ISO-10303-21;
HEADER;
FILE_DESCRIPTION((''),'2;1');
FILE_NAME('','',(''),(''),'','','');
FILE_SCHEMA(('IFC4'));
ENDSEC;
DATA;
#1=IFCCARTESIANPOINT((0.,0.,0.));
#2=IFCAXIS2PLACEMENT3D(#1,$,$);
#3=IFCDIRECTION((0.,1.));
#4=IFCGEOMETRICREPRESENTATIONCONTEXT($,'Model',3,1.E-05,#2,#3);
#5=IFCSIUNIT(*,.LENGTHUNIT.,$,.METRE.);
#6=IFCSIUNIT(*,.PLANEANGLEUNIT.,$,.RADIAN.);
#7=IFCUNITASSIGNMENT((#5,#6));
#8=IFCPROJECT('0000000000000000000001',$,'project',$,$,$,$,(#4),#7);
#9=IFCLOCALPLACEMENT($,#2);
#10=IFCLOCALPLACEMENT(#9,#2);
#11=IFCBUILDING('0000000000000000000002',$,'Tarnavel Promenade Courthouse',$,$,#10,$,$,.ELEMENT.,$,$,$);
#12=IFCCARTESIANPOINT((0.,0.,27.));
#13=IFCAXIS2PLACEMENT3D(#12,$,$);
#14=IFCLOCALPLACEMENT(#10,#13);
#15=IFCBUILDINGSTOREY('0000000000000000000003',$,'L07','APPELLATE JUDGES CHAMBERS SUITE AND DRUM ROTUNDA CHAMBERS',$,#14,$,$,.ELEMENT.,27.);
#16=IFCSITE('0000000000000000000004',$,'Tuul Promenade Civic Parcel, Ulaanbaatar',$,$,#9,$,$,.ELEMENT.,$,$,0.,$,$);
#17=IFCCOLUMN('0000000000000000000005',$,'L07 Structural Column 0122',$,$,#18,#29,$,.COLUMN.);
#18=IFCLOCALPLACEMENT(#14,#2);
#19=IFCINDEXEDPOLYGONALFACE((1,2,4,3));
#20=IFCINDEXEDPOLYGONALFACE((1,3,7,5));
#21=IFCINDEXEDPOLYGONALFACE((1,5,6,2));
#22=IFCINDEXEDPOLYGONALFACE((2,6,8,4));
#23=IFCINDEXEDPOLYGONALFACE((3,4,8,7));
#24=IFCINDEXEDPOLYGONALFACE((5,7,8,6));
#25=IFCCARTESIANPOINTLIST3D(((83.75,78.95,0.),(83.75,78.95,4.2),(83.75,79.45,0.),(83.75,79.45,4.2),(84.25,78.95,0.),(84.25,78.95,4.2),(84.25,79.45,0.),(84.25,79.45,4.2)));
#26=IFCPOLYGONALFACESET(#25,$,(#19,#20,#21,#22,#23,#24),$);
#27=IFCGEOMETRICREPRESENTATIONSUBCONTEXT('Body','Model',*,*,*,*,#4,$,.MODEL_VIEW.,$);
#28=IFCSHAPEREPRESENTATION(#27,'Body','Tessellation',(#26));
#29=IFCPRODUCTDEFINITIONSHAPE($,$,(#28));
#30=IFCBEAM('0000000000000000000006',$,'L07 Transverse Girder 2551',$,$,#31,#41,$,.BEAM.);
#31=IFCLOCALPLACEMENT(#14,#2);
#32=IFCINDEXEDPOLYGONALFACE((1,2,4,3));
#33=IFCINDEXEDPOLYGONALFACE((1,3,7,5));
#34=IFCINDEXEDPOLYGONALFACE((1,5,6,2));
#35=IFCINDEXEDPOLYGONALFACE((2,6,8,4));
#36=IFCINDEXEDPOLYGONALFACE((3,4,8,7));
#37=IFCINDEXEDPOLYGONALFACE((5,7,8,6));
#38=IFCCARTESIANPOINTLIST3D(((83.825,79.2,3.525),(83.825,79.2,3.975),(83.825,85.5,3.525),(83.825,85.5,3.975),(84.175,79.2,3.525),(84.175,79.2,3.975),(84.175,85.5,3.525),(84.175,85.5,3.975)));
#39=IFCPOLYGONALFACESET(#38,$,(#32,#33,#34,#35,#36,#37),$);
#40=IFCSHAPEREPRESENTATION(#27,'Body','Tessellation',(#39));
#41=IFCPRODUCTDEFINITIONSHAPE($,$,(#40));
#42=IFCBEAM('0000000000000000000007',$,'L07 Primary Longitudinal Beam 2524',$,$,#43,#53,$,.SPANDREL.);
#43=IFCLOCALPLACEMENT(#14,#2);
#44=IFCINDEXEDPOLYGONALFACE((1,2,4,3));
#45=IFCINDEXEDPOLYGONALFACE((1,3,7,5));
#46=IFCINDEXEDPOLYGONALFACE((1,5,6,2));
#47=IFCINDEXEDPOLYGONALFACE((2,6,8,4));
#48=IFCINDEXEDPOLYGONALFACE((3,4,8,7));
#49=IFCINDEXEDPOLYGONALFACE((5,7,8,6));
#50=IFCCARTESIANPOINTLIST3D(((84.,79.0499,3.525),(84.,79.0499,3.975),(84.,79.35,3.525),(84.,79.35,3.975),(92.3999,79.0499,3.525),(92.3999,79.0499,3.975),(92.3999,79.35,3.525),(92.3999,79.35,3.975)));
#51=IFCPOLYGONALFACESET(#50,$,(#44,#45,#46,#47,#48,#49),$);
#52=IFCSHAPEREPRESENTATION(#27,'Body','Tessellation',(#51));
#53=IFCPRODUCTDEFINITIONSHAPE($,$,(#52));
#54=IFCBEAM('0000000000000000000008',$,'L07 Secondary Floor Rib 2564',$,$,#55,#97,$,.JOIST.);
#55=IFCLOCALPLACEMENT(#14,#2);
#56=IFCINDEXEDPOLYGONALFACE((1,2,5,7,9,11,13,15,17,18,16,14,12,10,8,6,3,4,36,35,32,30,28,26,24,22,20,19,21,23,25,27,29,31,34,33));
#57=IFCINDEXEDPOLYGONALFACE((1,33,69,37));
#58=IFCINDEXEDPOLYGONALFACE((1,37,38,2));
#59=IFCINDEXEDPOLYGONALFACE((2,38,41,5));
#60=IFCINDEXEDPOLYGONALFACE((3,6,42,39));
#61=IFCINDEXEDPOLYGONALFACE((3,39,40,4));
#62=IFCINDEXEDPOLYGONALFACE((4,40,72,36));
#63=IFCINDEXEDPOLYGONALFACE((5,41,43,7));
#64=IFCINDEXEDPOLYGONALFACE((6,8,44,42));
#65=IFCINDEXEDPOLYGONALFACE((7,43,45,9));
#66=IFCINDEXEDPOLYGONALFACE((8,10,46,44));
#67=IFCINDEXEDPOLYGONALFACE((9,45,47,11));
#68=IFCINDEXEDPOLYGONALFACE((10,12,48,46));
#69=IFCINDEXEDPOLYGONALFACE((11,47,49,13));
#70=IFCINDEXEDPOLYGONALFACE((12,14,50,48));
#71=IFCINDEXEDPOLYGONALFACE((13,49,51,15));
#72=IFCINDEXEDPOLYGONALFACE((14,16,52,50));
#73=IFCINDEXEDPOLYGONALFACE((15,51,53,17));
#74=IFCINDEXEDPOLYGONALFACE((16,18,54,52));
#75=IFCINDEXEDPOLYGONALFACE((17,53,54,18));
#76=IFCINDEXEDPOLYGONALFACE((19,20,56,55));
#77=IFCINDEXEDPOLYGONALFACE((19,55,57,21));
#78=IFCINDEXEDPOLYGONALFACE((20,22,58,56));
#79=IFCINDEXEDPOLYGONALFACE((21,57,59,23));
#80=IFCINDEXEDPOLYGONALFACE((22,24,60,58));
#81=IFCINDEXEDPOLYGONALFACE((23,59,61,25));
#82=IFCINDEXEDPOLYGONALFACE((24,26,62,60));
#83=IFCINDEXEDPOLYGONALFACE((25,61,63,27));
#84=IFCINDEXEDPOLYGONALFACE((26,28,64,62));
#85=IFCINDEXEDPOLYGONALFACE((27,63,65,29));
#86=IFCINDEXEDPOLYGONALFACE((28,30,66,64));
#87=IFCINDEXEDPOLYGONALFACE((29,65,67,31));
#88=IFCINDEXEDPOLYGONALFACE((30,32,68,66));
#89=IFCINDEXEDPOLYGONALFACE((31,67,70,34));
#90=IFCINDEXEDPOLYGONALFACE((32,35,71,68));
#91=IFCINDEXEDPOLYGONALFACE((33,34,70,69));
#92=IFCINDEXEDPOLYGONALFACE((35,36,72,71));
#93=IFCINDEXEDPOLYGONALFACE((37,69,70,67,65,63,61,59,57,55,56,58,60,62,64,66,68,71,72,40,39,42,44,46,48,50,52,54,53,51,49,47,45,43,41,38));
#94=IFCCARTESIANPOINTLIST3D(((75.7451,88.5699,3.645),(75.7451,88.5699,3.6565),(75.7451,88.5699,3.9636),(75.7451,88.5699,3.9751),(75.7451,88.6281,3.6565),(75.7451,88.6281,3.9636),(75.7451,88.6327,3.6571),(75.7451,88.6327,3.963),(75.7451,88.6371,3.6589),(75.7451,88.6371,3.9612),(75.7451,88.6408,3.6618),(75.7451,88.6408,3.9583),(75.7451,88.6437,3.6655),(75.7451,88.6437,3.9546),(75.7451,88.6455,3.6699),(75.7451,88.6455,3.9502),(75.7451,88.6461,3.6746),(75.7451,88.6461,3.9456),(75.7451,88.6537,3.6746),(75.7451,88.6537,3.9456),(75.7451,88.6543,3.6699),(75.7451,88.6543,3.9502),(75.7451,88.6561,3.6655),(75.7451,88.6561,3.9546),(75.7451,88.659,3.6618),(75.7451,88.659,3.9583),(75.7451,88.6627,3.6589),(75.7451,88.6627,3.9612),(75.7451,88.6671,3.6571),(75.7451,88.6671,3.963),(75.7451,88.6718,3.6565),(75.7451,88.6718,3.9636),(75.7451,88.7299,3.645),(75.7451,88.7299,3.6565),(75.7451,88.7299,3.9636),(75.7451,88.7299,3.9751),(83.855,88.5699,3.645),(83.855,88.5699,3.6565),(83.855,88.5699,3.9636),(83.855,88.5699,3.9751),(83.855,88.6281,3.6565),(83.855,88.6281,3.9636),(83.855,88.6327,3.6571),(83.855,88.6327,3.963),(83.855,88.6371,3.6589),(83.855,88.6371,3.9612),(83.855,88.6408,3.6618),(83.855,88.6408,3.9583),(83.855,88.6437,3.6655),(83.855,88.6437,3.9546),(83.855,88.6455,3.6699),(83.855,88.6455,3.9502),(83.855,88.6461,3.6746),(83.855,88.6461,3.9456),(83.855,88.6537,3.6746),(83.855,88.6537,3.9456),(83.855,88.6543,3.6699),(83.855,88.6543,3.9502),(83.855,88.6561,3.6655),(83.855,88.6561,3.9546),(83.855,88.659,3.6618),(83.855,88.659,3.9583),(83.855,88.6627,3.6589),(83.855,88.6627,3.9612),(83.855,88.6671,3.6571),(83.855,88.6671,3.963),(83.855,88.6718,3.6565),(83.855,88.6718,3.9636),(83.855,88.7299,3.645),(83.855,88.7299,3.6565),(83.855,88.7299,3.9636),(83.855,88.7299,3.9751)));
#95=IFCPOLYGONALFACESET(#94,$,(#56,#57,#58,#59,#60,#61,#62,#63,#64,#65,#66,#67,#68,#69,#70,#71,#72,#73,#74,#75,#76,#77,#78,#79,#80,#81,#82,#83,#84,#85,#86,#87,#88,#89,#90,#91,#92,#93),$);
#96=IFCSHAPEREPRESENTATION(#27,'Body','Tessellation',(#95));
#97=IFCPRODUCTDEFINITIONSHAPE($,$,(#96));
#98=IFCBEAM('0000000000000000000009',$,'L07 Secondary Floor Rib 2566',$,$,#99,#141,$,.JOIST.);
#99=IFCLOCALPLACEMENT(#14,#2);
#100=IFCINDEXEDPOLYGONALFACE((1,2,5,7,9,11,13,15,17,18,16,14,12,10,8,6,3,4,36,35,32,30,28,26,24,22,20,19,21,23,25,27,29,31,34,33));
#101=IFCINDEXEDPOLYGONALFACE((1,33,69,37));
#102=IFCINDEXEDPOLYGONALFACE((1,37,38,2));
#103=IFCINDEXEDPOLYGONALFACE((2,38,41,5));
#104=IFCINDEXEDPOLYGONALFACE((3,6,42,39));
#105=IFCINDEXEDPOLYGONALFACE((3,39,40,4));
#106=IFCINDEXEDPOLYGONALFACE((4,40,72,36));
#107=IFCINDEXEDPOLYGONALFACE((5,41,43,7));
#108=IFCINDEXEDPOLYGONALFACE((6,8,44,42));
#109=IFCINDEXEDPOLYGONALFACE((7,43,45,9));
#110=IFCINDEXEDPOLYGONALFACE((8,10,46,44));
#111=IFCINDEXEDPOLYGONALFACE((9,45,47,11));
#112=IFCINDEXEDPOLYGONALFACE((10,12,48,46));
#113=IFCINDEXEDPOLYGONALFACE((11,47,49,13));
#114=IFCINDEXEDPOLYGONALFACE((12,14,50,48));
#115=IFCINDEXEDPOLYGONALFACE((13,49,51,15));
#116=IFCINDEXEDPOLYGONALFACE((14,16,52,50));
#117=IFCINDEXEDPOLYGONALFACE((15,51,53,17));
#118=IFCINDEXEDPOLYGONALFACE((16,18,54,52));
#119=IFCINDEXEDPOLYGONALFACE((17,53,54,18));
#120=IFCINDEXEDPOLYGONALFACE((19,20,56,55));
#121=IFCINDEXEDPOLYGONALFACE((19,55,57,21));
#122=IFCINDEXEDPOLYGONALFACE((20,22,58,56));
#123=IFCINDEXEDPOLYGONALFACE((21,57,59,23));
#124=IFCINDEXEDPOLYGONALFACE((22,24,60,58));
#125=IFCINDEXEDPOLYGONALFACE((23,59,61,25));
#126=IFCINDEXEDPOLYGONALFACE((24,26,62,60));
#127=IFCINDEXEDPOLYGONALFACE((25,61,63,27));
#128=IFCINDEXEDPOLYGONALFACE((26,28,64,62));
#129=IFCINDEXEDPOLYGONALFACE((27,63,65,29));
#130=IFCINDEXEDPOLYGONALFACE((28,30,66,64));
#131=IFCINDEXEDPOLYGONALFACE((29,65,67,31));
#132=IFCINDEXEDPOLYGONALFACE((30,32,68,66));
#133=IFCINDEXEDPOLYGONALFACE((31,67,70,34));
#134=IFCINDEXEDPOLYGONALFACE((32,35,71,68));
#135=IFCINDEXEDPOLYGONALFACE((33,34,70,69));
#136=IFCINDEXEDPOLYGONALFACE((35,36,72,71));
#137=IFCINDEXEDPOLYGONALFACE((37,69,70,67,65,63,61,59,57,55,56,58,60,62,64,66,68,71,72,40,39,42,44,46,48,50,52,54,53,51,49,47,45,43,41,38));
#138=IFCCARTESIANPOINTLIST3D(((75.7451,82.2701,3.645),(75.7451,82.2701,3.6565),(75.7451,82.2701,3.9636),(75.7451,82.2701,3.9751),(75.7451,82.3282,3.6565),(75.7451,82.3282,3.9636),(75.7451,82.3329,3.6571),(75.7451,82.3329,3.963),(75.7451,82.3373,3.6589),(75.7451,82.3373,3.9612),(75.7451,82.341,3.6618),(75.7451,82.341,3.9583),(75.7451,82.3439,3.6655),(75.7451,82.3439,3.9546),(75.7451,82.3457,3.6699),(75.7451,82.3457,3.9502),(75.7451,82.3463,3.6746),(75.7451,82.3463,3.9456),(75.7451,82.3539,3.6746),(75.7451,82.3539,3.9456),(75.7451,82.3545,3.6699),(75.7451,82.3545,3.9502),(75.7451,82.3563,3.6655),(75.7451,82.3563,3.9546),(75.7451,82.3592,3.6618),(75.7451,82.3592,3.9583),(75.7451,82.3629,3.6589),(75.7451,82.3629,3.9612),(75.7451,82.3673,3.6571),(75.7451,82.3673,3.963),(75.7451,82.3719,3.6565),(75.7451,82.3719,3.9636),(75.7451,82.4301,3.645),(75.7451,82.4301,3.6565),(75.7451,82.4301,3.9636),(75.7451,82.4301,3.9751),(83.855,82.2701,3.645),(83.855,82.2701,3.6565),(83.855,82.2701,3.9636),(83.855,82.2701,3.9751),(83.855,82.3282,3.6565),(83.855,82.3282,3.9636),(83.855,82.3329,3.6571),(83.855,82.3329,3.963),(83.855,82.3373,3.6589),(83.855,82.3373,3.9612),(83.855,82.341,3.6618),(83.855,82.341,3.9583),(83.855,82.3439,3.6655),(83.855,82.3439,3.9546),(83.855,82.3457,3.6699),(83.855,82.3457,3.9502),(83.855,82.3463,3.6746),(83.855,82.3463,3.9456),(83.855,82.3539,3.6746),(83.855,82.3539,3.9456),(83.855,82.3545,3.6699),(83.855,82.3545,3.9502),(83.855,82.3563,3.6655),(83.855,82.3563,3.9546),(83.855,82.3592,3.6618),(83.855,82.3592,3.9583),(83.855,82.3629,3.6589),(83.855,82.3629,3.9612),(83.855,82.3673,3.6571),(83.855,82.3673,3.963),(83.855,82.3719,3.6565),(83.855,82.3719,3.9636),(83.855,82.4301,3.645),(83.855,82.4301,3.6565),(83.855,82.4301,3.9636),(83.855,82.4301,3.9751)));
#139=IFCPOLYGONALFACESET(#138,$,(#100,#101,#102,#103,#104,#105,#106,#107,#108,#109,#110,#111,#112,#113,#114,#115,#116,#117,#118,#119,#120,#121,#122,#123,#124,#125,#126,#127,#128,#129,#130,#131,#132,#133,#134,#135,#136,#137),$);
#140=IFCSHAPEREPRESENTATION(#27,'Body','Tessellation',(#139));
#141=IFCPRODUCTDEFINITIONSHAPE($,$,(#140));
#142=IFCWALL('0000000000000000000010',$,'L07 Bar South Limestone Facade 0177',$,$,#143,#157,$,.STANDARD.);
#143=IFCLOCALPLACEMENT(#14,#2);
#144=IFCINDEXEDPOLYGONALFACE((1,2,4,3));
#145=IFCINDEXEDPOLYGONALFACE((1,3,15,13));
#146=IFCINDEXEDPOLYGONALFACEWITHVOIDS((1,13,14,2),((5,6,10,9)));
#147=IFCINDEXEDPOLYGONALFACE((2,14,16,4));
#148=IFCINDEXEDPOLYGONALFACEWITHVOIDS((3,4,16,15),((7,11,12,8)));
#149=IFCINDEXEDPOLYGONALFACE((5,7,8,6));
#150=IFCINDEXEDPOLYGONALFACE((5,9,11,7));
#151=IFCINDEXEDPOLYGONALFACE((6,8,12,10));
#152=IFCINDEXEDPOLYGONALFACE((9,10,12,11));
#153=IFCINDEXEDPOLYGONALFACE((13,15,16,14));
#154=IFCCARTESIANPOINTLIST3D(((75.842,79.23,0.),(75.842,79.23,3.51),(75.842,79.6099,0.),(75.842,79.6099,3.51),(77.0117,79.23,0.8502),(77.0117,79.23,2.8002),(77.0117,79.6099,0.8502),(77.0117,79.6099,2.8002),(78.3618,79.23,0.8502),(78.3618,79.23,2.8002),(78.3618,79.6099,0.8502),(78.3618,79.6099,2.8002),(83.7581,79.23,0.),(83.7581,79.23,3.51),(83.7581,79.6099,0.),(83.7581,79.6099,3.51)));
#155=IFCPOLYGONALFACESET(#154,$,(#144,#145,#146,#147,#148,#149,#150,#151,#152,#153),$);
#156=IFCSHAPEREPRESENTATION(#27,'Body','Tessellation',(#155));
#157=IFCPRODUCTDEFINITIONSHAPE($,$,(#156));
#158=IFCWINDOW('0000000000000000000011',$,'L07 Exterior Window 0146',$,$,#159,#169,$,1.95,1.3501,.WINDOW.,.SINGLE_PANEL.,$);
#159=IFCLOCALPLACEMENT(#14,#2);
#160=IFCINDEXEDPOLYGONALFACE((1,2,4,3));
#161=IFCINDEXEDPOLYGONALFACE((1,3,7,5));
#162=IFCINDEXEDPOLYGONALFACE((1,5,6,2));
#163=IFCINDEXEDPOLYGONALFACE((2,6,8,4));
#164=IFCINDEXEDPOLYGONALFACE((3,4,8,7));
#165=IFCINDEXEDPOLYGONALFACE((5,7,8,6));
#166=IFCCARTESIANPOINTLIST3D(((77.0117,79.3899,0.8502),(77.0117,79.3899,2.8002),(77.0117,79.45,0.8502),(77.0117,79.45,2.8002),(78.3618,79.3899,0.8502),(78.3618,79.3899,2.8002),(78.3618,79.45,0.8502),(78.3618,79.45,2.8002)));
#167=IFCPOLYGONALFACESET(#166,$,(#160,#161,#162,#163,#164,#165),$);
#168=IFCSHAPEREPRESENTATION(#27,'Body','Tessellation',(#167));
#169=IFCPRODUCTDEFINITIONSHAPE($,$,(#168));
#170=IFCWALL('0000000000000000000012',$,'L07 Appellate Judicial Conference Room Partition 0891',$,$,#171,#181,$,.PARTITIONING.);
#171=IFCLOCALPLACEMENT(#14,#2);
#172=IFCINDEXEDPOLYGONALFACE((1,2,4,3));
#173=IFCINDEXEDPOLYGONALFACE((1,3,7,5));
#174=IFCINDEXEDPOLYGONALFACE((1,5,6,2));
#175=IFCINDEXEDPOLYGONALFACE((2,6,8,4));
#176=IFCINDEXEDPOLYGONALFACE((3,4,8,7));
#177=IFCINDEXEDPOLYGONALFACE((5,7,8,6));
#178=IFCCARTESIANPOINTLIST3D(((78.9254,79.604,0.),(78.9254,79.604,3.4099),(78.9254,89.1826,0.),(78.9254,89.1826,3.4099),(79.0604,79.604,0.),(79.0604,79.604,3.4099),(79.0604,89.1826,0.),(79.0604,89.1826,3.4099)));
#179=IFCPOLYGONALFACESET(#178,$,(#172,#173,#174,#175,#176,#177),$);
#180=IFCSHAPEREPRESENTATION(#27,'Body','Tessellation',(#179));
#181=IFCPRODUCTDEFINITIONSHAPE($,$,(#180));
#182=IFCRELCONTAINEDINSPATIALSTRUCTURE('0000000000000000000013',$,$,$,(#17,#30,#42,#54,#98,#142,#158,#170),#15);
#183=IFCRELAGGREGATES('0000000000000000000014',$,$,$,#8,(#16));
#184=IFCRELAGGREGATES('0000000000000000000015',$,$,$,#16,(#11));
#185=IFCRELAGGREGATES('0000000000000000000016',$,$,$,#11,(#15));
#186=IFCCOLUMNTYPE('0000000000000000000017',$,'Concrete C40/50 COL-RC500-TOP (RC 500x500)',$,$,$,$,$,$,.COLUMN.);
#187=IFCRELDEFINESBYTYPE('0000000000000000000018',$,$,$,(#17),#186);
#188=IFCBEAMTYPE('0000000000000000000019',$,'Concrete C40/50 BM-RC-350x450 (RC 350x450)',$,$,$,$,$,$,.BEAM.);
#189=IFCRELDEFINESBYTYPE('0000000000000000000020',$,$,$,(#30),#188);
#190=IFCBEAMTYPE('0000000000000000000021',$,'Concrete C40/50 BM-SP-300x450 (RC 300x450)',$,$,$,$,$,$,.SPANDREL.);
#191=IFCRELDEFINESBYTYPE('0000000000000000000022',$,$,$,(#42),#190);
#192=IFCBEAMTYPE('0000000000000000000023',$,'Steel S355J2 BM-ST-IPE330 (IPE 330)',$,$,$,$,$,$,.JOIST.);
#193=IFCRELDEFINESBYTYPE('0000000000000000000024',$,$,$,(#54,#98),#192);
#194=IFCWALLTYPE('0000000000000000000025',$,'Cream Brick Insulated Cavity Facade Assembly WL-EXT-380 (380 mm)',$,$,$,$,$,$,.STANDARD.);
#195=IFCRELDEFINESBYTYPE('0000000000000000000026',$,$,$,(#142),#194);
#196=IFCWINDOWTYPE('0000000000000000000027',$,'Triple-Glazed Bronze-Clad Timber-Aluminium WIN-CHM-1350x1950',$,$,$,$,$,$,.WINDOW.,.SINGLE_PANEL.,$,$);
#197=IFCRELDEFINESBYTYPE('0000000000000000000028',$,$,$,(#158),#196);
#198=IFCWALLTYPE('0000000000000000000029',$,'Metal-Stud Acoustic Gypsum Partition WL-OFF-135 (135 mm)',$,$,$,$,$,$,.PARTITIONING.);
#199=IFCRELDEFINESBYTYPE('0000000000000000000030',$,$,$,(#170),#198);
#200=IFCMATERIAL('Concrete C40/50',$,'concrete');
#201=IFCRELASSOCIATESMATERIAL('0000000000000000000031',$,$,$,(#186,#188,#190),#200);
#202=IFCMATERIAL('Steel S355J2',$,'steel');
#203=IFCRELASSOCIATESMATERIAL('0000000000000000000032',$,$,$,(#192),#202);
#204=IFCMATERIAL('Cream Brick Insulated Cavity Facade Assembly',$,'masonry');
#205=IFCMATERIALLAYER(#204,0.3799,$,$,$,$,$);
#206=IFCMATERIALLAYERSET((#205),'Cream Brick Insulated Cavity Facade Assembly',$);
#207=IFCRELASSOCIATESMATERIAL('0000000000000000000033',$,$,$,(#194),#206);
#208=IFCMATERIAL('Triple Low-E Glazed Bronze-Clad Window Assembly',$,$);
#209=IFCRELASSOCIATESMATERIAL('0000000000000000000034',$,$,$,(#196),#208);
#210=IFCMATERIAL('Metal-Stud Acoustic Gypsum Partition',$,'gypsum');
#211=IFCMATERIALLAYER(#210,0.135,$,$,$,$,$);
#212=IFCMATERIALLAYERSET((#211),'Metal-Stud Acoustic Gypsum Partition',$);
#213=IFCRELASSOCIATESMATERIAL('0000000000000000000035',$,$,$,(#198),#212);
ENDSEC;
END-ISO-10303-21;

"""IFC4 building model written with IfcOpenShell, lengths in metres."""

from ifc_helpers import new_model, si_unit, direction, frame, frame_2d, origin, origin_2d, place, context, subcontext, project, spatial, rectangle, i_section, extrude, material, layer, layer_set, material_profile, profile_set, type_object, element, fill, save


model = new_model("IFC4")

# Units and contexts
model_context = context("Model", 3, precision=1e-05, world=origin(), true_north=direction((0.0, 1.0)))
body_context = subcontext(model_context, "Body", "Model", "MODEL_VIEW")
ifc_project = project(units=[si_unit("LENGTHUNIT", "METRE"), si_unit("PLANEANGLEUNIT", "RADIAN")], contexts=[model_context])

# Site, building, storey
site_placement = place(None, origin())
site = spatial("IfcSite", under=ifc_project, at=site_placement, Name="Tuul Promenade Civic Parcel, Ulaanbaatar", CompositionType="ELEMENT", RefElevation=0.0)
building_placement = place(site_placement, origin())
building = spatial("IfcBuilding", under=site, at=building_placement, Name="Tarnavel Promenade Courthouse", CompositionType="ELEMENT")
storey_placement = place(building_placement, frame((0.0, 0.0, 27.0)))
storey = spatial("IfcBuildingStorey", under=building, at=storey_placement, Name="L07", Description="APPELLATE JUDGES CHAMBERS SUITE AND DRUM ROTUNDA CHAMBERS", CompositionType="ELEMENT", Elevation=27.0)

# Column
ifc_material_1 = material(Name="Concrete C40/50", Category="concrete")
ifc_material_profile_1 = material_profile(ifc_material_1, rectangle(XDim=0.5, YDim=0.5, at=origin_2d()), Name="RC 500x500")
ifc_profile_set_1 = profile_set([ifc_material_profile_1], Name="Concrete C40/50")
column_type = type_object("IfcColumnType", Name="Concrete C40/50 COL-RC500-TOP (RC 500x500)", PredefinedType="COLUMN", material=ifc_profile_set_1)
column_placement = place(storey_placement, frame((84.0, 79.2, 0.0), z_axis=(0.0, 0.0, 1.0), x_axis=(1.0, 0.0, 0.0)))
element("IfcColumn", 1, at=column_placement, inside=storey, type_object=column_type, Name="L07 Structural Column 0122", PredefinedType="COLUMN", context=body_context, shape_type="SweptSolid", body=[
    extrude(rectangle(XDim=0.5, YDim=0.5, at=origin_2d()), origin(), (0.0, 0.0, 1.0), 4.2),
])

# Beams
ifc_material_profile_2 = material_profile(ifc_material_1, rectangle(XDim=0.3501, YDim=0.45, at=origin_2d()), Name="RC 350x450")
ifc_profile_set_2 = profile_set([ifc_material_profile_2], Name="Concrete C40/50")
beam_type_1 = type_object("IfcBeamType", Name="Concrete C40/50 BM-RC-350x450 (RC 350x450)", PredefinedType="BEAM", material=ifc_profile_set_2)
beam_1_placement = place(storey_placement, frame((84.0, 79.2, 3.75), z_axis=(0.0, 1.0, 0.0), x_axis=(-1.0, 0.0, 0.0)))
element("IfcBeam", 2, at=beam_1_placement, inside=storey, type_object=beam_type_1, Name="L07 Transverse Girder 2551", PredefinedType="BEAM", context=body_context, shape_type="SweptSolid", body=[
    extrude(rectangle(XDim=0.3501, YDim=0.45, at=origin_2d()), origin(), (0.0, 0.0, 1.0), 6.3),
])
ifc_material_profile_3 = material_profile(ifc_material_1, rectangle(XDim=0.3, YDim=0.45, at=origin_2d()), Name="RC 300x450")
ifc_profile_set_3 = profile_set([ifc_material_profile_3], Name="Concrete C40/50")
beam_type_2 = type_object("IfcBeamType", Name="Concrete C40/50 BM-SP-300x450 (RC 300x450)", PredefinedType="SPANDREL", material=ifc_profile_set_3)
beam_2_placement = place(storey_placement, frame((84.0, 79.2, 3.75), z_axis=(1.0, 0.0, 0.0), x_axis=(0.0, 1.0, 0.0)))
element("IfcBeam", 3, at=beam_2_placement, inside=storey, type_object=beam_type_2, Name="L07 Primary Longitudinal Beam 2524", PredefinedType="SPANDREL", context=body_context, shape_type="SweptSolid", body=[
    extrude(rectangle(XDim=0.3, YDim=0.45, at=origin_2d()), origin(), (0.0, 0.0, 1.0), 8.3999),
])
ifc_material_2 = material(Name="Steel S355J2", Category="steel")
ifc_material_profile_4 = material_profile(ifc_material_2, i_section(OverallWidth=0.1599, OverallDepth=0.3301, WebThickness=0.0076, FlangeThickness=0.0115, FilletRadius=0.0181, at=origin_2d()), Name="IPE 330")
ifc_profile_set_4 = profile_set([ifc_material_profile_4], Name="Steel S355J2")
beam_type_3 = type_object("IfcBeamType", Name="Steel S355J2 BM-ST-IPE330 (IPE 330)", PredefinedType="JOIST", material=ifc_profile_set_4)
for number, where, z_axis, x_axis, name in (
    (4, (75.7451, 88.6499, 3.8101), (1.0, 0.0, 0.0), (0.0, 1.0, 0.0), "L07 Secondary Floor Rib 2564"),
    (5, (75.7451, 82.3501, 3.8101), (1.0, 0.0, 0.0), (0.0, 1.0, 0.0), "L07 Secondary Floor Rib 2566"),
):
    element("IfcBeam", number, at=place(storey_placement, frame(where, z_axis=z_axis, x_axis=x_axis)), inside=storey, type_object=beam_type_3, Name=name, PredefinedType="JOIST", context=body_context, shape_type="SweptSolid", body=[
        extrude(i_section(OverallWidth=0.1599, OverallDepth=0.3301, WebThickness=0.0076, FlangeThickness=0.0115, FilletRadius=0.0181, at=origin_2d()), origin(), (0.0, 0.0, 1.0), 8.1099),
    ])

# Wall, opening, window
ifc_material_3 = material(Name="Cream Brick Insulated Cavity Facade Assembly", Category="masonry")
ifc_layer_1 = layer(ifc_material_3, 0.3799)
ifc_layer_set_1 = layer_set([ifc_layer_1], Name="Cream Brick Insulated Cavity Facade Assembly")
wall_type_1 = type_object("IfcWallType", Name="Cream Brick Insulated Cavity Facade Assembly WL-EXT-380 (380 mm)", PredefinedType="STANDARD", material=ifc_layer_set_1)
wall_1_placement = place(storey_placement, frame((83.7581, 79.4199, 0.0), z_axis=(0.0, 0.0, 1.0), x_axis=(-1.0, 0.0, 0.0)))
wall_1 = element("IfcWall", 6, at=wall_1_placement, inside=storey, type_object=wall_type_1, Name="L07 Bar South Limestone Facade 0177", PredefinedType="STANDARD", context=body_context, shape_type="SweptSolid", body=[
    extrude(rectangle(XDim=7.916, YDim=0.3799, at=frame_2d((3.958, 0.0))), origin(), (0.0, 0.0, 1.0), 3.51),
])
opening_1_placement = place(wall_1_placement, frame((5.3962, 0.0, 0.8501)))
opening_1 = element("IfcOpeningElement", 7, at=opening_1_placement, cuts=wall_1, PredefinedType="OPENING", context=body_context, shape_type="SweptSolid", body=[
    extrude(rectangle(XDim=1.3501, YDim=1.95, at=frame_2d((0.675, 0.9751))), frame((0.0, 0.2, 0.0), z_axis=(0.0, -1.0, 0.0), x_axis=(1.0, 0.0, 0.0)), (0.0, 0.0, 1.0), 0.3999),
])
ifc_material_4 = material(Name="Triple Low-E Glazed Bronze-Clad Window Assembly")
window_type = type_object("IfcWindowType", Name="Triple-Glazed Bronze-Clad Timber-Aluminium WIN-CHM-1350x1950", PartitioningType="SINGLE_PANEL", PredefinedType="WINDOW", material=ifc_material_4)
window_placement = place(opening_1_placement, origin())
window = element("IfcWindow", 8, at=window_placement, inside=storey, type_object=window_type, Name="L07 Exterior Window 0146", OverallHeight=1.95, OverallWidth=1.3501, PartitioningType="SINGLE_PANEL", PredefinedType="WINDOW", context=body_context, shape_type="SweptSolid", body=[
    extrude(rectangle(XDim=1.3501, YDim=1.95, at=frame_2d((0.675, 0.9751))), frame((0.0, 0.03, 0.0), z_axis=(0.0, -1.0, 0.0), x_axis=(1.0, 0.0, 0.0)), (0.0, 0.0, 1.0), 0.0601),
])
fill(opening_1, window)

# Wall
ifc_material_5 = material(Name="Metal-Stud Acoustic Gypsum Partition", Category="gypsum")
ifc_layer_2 = layer(ifc_material_5, 0.135)
ifc_layer_set_2 = layer_set([ifc_layer_2], Name="Metal-Stud Acoustic Gypsum Partition")
wall_type_2 = type_object("IfcWallType", Name="Metal-Stud Acoustic Gypsum Partition WL-OFF-135 (135 mm)", PredefinedType="PARTITIONING", material=ifc_layer_set_2)
wall_2_placement = place(storey_placement, frame((78.9929, 89.1826, 0.0), z_axis=(0.0, 0.0, 1.0), x_axis=(0.0, -1.0, 0.0)))
element("IfcWall", 9, at=wall_2_placement, inside=storey, type_object=wall_type_2, Name="L07 Appellate Judicial Conference Room Partition 0891", PredefinedType="PARTITIONING", context=body_context, shape_type="SweptSolid", body=[
    extrude(rectangle(XDim=9.5786, YDim=0.135, at=frame_2d((4.7893, 0.0))), origin(), (0.0, 0.0, 1.0), 3.4099),
])

save(model, "model.ifc")
